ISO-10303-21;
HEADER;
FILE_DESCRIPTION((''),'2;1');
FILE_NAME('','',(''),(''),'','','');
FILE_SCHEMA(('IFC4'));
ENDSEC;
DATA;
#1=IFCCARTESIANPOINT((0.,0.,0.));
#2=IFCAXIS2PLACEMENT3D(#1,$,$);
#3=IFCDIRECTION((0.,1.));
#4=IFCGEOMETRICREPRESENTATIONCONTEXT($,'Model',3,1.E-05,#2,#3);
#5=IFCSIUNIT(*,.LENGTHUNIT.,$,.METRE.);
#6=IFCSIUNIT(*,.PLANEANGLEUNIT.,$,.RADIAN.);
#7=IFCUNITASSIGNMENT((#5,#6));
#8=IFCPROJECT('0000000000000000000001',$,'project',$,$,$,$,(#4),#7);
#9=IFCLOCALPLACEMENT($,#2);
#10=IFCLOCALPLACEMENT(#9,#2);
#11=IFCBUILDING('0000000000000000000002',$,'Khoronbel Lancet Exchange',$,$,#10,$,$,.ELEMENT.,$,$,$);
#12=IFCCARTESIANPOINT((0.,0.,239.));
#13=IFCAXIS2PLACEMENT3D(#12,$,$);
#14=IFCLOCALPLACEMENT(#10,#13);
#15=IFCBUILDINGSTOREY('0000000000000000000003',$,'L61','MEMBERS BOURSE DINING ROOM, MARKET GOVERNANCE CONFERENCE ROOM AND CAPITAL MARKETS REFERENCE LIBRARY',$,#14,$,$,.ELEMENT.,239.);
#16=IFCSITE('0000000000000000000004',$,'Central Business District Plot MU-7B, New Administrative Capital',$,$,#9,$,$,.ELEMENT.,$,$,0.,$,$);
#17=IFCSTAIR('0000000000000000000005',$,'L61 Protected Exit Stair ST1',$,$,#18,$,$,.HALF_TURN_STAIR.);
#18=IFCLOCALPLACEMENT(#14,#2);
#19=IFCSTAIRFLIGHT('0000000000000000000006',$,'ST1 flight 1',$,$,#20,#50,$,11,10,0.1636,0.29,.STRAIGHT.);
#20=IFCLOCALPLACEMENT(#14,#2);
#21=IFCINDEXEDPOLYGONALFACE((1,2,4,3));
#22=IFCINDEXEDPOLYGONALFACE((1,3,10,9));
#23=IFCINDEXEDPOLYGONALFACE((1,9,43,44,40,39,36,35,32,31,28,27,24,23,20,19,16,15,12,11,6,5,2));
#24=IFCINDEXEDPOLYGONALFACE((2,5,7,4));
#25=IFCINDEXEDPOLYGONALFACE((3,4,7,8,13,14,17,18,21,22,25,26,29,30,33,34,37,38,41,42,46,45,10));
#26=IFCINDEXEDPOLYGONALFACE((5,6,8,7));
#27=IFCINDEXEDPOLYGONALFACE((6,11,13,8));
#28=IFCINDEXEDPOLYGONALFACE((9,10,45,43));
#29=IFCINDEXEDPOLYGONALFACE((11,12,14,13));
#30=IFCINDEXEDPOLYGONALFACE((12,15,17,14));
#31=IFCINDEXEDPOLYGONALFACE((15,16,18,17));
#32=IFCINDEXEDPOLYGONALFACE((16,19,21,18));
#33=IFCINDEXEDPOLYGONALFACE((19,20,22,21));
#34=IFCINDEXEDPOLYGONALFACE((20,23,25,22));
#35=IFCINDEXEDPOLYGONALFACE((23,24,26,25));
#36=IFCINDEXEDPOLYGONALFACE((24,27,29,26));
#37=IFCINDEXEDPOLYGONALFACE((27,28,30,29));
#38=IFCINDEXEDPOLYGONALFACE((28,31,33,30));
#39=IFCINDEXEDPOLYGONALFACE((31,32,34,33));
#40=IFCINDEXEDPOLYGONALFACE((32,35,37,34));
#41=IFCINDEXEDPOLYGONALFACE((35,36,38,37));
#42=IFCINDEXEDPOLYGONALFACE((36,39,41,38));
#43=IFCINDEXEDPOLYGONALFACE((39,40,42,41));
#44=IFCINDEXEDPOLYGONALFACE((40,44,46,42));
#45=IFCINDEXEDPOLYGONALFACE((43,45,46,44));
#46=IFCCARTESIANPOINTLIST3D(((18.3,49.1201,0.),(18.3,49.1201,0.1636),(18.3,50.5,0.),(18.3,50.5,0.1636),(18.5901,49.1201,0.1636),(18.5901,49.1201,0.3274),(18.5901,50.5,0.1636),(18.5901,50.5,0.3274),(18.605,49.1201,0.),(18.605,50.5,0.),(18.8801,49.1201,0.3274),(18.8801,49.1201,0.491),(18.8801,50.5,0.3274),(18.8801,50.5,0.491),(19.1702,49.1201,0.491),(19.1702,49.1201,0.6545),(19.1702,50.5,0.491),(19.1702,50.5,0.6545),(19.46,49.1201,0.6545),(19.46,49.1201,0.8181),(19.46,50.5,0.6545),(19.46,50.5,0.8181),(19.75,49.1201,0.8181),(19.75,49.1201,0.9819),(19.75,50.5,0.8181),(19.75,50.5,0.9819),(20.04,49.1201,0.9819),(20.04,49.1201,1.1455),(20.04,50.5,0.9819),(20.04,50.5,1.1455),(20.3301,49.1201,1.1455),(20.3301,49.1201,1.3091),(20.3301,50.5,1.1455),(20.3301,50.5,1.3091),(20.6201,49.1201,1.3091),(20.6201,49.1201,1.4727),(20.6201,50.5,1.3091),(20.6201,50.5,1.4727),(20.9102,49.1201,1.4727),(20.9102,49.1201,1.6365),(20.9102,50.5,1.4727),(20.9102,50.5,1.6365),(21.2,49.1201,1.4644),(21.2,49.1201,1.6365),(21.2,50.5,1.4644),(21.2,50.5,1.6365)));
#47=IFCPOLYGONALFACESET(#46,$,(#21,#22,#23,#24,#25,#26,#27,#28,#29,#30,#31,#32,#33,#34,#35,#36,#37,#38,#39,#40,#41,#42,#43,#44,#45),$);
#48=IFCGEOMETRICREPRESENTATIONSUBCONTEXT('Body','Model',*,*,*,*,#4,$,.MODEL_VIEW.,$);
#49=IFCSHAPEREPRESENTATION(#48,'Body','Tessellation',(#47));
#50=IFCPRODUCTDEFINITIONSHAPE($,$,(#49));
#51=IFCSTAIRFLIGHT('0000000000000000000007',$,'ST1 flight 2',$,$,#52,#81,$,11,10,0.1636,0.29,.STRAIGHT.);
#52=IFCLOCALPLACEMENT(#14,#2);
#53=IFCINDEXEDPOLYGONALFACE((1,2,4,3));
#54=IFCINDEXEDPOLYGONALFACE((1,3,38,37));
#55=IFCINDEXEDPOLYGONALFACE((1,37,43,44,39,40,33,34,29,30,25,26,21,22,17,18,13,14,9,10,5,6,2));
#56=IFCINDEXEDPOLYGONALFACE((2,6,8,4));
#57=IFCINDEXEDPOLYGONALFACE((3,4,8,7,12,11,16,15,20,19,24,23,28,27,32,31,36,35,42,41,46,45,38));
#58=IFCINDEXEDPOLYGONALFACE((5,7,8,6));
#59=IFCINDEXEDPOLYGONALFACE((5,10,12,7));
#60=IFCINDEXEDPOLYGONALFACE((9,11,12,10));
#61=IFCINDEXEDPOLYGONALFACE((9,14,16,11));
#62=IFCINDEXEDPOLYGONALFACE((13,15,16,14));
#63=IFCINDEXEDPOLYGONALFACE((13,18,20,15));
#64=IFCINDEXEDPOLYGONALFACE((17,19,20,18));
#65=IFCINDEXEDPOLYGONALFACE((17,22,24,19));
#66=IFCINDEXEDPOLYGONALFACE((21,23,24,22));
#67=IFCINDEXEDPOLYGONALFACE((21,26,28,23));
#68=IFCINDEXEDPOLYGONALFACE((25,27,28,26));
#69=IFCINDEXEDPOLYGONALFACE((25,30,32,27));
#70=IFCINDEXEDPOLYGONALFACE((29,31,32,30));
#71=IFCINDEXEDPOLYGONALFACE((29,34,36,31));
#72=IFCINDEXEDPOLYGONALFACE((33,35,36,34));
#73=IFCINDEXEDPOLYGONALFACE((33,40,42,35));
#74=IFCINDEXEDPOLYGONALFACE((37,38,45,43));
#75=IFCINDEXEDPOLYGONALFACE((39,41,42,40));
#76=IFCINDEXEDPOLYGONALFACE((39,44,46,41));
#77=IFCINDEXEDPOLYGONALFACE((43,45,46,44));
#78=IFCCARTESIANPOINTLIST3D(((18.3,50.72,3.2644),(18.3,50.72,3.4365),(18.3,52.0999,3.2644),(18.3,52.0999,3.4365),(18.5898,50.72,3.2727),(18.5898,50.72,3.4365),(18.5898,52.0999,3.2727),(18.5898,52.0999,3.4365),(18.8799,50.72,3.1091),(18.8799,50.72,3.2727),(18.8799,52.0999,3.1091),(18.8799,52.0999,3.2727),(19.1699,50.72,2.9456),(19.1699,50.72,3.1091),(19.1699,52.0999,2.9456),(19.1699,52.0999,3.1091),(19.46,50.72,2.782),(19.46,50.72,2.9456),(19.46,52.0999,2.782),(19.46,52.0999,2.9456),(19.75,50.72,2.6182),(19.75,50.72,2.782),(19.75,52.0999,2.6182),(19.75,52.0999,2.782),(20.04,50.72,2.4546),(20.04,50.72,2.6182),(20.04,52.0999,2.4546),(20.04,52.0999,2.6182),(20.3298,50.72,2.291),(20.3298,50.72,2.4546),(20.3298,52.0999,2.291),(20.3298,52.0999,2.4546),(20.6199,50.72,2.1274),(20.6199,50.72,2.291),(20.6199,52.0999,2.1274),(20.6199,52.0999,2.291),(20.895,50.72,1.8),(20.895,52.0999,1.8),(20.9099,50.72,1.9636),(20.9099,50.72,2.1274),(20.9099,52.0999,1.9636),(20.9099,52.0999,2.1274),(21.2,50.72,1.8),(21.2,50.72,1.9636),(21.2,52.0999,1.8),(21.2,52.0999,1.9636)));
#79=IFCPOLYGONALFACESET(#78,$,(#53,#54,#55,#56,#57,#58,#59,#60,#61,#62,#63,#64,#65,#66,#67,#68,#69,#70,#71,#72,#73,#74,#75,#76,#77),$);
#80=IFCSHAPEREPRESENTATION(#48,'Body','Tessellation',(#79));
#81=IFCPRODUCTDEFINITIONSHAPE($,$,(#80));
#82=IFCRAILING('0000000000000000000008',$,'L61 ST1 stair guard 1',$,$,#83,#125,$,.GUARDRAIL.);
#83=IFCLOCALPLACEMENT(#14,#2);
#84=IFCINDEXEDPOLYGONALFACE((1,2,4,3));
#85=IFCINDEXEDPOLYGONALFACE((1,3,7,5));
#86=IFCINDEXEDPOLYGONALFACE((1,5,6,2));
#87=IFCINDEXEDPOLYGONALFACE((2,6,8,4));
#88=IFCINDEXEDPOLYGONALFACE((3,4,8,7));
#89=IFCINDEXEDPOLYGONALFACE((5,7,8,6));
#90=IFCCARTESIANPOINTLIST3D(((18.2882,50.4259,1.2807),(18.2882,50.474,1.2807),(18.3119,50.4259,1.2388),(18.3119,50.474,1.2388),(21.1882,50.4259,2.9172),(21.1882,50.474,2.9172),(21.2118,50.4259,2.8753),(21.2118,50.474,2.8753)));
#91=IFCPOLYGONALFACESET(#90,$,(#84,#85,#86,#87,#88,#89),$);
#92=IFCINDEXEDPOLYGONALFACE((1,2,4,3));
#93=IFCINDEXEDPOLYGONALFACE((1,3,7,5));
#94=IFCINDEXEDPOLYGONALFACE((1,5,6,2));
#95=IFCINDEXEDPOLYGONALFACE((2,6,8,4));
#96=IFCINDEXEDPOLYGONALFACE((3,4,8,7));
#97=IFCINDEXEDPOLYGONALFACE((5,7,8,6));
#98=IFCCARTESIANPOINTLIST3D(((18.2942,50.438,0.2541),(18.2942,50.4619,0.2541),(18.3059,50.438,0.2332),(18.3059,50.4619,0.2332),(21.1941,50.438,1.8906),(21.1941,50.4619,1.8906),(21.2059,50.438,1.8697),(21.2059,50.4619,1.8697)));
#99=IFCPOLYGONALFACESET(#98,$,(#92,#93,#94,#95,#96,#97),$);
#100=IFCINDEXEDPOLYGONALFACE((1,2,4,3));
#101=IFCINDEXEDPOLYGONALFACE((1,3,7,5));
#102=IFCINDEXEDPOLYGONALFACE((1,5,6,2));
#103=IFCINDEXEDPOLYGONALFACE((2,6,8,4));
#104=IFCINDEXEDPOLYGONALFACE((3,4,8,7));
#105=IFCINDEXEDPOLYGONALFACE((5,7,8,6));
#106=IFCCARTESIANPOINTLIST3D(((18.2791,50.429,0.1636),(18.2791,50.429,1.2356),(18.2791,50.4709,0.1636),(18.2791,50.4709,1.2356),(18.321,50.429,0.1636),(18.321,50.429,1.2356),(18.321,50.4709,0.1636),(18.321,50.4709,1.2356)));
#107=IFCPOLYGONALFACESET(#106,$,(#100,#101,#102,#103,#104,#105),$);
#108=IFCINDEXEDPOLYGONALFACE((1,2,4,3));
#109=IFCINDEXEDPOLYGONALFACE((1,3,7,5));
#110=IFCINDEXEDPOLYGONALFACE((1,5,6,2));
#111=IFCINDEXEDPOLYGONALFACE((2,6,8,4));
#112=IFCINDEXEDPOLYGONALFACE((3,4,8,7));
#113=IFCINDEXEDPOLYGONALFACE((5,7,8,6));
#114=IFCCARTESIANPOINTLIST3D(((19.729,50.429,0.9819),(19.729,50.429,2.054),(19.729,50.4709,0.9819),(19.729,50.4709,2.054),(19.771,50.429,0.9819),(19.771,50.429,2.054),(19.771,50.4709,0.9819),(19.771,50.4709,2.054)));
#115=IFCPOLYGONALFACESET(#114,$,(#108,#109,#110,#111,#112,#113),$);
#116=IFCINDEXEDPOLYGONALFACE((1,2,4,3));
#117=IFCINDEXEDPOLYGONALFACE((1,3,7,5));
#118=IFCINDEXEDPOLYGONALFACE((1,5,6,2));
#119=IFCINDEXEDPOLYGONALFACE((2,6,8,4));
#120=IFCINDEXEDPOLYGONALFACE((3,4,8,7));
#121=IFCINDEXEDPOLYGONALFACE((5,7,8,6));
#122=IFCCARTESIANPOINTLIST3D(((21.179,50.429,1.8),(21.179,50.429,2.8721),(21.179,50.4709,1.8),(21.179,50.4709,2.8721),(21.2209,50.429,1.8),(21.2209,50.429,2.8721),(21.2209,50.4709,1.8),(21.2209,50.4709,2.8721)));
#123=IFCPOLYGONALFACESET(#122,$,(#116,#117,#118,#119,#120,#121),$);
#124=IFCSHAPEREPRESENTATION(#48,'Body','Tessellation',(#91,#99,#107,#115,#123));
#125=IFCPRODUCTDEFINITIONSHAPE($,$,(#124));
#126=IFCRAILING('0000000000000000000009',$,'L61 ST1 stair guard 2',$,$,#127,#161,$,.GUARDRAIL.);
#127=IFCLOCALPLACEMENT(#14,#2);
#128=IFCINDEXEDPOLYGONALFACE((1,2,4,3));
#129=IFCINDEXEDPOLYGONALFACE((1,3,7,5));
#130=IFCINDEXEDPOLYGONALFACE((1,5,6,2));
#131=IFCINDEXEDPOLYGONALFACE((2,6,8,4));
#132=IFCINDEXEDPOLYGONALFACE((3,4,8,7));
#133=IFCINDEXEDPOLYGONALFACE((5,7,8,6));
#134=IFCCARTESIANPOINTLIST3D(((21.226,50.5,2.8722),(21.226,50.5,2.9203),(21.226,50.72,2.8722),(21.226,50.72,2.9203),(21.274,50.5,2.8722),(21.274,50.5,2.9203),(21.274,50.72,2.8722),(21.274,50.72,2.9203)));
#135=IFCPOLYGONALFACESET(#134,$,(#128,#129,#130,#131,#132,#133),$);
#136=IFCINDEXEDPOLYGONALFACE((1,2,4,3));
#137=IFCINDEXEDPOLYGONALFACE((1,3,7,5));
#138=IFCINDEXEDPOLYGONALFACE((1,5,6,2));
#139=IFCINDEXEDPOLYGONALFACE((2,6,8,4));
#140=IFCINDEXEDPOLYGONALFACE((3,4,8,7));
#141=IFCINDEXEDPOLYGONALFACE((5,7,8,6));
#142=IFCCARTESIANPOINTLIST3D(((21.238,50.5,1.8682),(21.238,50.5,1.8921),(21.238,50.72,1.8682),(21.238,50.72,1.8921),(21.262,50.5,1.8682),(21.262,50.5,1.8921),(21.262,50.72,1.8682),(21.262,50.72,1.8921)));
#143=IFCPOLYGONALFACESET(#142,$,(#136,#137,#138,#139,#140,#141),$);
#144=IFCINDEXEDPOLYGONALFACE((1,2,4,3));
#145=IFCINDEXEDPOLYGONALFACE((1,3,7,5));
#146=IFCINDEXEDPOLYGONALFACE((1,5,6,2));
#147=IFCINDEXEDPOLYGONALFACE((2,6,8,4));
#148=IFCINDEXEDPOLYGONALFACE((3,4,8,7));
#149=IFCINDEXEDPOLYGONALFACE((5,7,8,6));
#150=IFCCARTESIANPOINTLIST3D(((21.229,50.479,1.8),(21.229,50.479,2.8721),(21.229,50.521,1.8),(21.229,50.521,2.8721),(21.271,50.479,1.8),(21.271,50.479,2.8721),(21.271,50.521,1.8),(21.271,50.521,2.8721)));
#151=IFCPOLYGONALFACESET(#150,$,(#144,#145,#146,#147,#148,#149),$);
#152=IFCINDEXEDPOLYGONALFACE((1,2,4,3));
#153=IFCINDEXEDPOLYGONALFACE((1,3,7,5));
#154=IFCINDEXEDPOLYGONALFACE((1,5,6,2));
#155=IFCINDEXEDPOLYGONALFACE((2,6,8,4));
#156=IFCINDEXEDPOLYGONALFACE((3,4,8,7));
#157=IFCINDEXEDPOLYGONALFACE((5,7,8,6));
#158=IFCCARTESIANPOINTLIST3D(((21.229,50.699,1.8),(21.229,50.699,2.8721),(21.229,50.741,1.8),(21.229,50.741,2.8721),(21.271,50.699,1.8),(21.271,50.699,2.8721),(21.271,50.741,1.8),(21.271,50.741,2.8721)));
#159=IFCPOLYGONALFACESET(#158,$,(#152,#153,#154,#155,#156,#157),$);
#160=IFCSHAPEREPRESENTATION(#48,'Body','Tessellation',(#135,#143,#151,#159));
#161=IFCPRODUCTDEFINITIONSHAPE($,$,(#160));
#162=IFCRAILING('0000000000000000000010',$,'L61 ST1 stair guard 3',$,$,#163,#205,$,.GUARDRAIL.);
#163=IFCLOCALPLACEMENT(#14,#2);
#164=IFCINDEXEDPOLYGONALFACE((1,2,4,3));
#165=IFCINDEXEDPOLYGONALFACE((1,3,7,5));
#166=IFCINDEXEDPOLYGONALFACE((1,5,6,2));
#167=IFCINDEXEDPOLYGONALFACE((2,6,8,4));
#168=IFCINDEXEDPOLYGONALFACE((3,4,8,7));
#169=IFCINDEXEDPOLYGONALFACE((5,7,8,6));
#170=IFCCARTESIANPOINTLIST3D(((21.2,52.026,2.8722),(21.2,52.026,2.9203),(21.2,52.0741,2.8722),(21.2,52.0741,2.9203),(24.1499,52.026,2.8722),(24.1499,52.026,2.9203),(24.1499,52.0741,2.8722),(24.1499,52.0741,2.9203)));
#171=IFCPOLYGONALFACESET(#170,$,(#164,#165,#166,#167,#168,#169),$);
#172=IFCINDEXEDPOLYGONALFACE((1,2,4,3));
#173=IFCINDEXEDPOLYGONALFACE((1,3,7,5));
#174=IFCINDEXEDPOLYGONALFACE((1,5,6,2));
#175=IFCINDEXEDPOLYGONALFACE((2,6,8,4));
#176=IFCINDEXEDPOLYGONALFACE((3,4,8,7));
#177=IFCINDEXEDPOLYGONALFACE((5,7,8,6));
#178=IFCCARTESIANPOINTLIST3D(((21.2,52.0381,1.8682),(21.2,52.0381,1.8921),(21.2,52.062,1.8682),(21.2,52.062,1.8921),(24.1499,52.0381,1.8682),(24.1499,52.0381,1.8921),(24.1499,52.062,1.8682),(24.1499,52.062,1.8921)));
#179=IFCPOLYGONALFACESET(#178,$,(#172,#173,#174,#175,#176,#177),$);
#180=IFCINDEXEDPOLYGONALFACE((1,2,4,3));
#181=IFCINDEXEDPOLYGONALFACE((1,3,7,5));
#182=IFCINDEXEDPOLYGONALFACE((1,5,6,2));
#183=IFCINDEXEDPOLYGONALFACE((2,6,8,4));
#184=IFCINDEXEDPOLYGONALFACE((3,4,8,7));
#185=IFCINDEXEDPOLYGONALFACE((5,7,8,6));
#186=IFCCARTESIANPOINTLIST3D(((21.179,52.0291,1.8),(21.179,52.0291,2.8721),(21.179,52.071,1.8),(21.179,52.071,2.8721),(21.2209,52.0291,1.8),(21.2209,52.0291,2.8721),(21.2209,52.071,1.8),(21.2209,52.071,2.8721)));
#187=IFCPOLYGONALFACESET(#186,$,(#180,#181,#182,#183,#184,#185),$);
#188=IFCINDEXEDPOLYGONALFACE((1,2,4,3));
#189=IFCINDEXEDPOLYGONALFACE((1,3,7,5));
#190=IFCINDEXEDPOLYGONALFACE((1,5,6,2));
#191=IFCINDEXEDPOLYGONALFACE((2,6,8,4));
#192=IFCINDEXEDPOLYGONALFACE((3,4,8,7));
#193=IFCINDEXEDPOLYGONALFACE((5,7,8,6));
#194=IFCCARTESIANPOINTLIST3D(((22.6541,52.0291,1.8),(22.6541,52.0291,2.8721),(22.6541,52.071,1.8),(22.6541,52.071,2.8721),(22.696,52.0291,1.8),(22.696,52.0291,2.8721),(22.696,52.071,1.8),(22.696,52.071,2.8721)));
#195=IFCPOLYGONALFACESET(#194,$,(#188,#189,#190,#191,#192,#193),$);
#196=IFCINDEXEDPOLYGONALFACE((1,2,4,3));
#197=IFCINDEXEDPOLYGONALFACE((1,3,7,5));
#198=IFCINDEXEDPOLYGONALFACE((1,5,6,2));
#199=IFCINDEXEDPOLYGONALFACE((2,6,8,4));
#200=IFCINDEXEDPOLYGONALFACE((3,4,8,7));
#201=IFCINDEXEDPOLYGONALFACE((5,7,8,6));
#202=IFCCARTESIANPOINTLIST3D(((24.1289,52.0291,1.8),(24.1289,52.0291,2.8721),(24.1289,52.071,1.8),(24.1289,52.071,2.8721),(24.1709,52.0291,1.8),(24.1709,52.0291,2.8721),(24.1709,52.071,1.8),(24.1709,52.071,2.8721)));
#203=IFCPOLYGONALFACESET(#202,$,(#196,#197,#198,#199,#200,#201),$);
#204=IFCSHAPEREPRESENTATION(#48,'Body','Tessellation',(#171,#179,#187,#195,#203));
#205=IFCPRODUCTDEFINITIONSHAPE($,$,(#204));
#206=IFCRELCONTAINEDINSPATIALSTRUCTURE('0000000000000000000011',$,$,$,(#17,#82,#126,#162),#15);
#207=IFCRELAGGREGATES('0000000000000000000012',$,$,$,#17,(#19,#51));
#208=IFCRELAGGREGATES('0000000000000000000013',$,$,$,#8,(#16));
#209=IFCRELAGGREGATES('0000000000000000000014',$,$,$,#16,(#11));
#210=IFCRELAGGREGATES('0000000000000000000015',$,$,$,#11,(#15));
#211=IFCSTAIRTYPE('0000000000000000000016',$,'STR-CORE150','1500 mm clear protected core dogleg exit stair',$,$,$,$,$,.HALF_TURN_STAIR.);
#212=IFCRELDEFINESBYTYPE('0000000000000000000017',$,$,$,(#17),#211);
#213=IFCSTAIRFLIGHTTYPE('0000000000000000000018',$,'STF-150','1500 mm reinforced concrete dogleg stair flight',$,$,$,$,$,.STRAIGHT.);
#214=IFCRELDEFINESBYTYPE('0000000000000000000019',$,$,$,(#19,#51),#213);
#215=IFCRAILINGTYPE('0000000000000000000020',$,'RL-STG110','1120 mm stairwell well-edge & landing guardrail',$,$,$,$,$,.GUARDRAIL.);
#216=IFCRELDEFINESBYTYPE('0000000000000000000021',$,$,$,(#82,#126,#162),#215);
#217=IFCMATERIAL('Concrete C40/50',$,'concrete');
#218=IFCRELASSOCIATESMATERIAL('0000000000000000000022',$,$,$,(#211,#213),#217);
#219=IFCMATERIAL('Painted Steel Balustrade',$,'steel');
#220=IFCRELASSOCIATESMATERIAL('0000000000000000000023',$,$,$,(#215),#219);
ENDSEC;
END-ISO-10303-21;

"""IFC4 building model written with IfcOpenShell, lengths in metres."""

from ifc_helpers import new_model, si_unit, direction, frame, origin, origin_2d, place, context, subcontext, project, spatial, polyline, rectangle, outline, extrude, material, type_object, element, aggregate, save


model = new_model("IFC4")

# Units and contexts
model_context = context("Model", 3, precision=1e-05, world=origin(), true_north=direction((0.0, 1.0)))
body_context = subcontext(model_context, "Body", "Model", "MODEL_VIEW")
ifc_project = project(units=[si_unit("LENGTHUNIT", "METRE"), si_unit("PLANEANGLEUNIT", "RADIAN")], contexts=[model_context])

# Site, building, storey
site_placement = place(None, origin())
site = spatial("IfcSite", under=ifc_project, at=site_placement, Name="Central Business District Plot MU-7B, New Administrative Capital", CompositionType="ELEMENT", RefElevation=0.0)
building_placement = place(site_placement, origin())
building = spatial("IfcBuilding", under=site, at=building_placement, Name="Khoronbel Lancet Exchange", CompositionType="ELEMENT")
storey_placement = place(building_placement, frame((0.0, 0.0, 239.0)))
storey = spatial("IfcBuildingStorey", under=building, at=storey_placement, Name="L61", Description="MEMBERS BOURSE DINING ROOM, MARKET GOVERNANCE CONFERENCE ROOM AND CAPITAL MARKETS REFERENCE LIBRARY", CompositionType="ELEMENT", Elevation=239.0)

# Stair, stair flights
ifc_material_1 = material(Name="Concrete C40/50", Category="concrete")
stair_type = type_object("IfcStairType", Name="STR-CORE150", Description="1500 mm clear protected core dogleg exit stair", PredefinedType="HALF_TURN_STAIR", material=ifc_material_1)
stair_placement = place(storey_placement, origin())
stair = element("IfcStair", 1, at=stair_placement, inside=storey, type_object=stair_type, Name="L61 Protected Exit Stair ST1", PredefinedType="HALF_TURN_STAIR")
stair_flight_type = type_object("IfcStairFlightType", Name="STF-150", Description="1500 mm reinforced concrete dogleg stair flight", PredefinedType="STRAIGHT", material=ifc_material_1)
stair_flight_1_placement = place(storey_placement, frame((18.3, 49.8101, 0.0), z_axis=(0.0, 0.0, 1.0), x_axis=(1.0, 0.0, 0.0)))
stair_flight_1 = element("IfcStairFlight", 2, at=stair_flight_1_placement, type_object=stair_flight_type, Name="ST1 flight 1", NumberOfRisers=11, NumberOfTreads=10, PredefinedType="STRAIGHT", RiserHeight=0.1636, TreadLength=0.29, context=body_context, shape_type="SweptSolid", body=[
    extrude(outline(polyline([(0.0, 0.0), (0.0, 0.1636), (0.29, 0.1636), (0.29, 0.3274), (0.5801, 0.3274), (0.5801, 0.491), (0.8701, 0.491), (0.8701, 0.6545), (1.1599, 0.6545), (1.1599, 0.8181), (1.45, 0.8181), (1.45, 0.9819), (1.74, 0.9819), (1.74, 1.1455), (2.03, 1.1455), (2.03, 1.3091), (2.3201, 1.3091), (2.3201, 1.4727), (2.6101, 1.4727), (2.6101, 1.6365), (2.8999, 1.6365), (2.8999, 1.8), (2.8999, 1.4644), (0.3049, 0.0), (0.0, 0.0)])), frame((0.0, 0.6899, 0.0), z_axis=(0.0, -1.0, 0.0), x_axis=(1.0, 0.0, 0.0)), (0.0, 0.0, 1.0), 1.3799),
])
stair_flight_2_placement = place(storey_placement, frame((21.2, 51.4099, 1.8), z_axis=(0.0, 0.0, 1.0), x_axis=(-1.0, 0.0, 0.0)))
stair_flight_2 = element("IfcStairFlight", 3, at=stair_flight_2_placement, type_object=stair_flight_type, Name="ST1 flight 2", NumberOfRisers=11, NumberOfTreads=10, PredefinedType="STRAIGHT", RiserHeight=0.1636, TreadLength=0.29, context=body_context, shape_type="SweptSolid", body=[
    extrude(outline(polyline([(0.0, 0.0), (0.0, 0.1636), (0.29, 0.1636), (0.29, 0.3274), (0.5801, 0.3274), (0.5801, 0.491), (0.8701, 0.491), (0.8701, 0.6545), (1.1599, 0.6545), (1.1599, 0.8181), (1.45, 0.8181), (1.45, 0.9819), (1.74, 0.9819), (1.74, 1.1455), (2.03, 1.1455), (2.03, 1.3091), (2.3201, 1.3091), (2.3201, 1.4727), (2.6101, 1.4727), (2.6101, 1.6365), (2.8999, 1.6365), (2.8999, 1.8), (2.8999, 1.4644), (0.3049, 0.0), (0.0, 0.0)])), frame((0.0, 0.6899, 0.0), z_axis=(0.0, -1.0, 0.0), x_axis=(1.0, 0.0, 0.0)), (0.0, 0.0, 1.0), 1.3799),
])
aggregate(stair, [stair_flight_1, stair_flight_2])

# Railings
ifc_material_2 = material(Name="Painted Steel Balustrade", Category="steel")
railing_type_1 = type_object("IfcRailingType", Name="RL-STG110", Description="1120 mm stairwell well-edge & landing guardrail", PredefinedType="GUARDRAIL", material=ifc_material_2)
railing_1_placement = place(storey_placement, frame((18.3, 50.45, 0.1636)))
element("IfcRailing", 4, at=railing_1_placement, inside=storey, type_object=railing_type_1, Name="L61 ST1 stair guard 1", PredefinedType="GUARDRAIL", context=body_context, shape_type="SweptSolid", body=[
    extrude(rectangle(XDim=0.0481, YDim=0.0481, at=origin_2d()), frame((0.0, 0.0, 1.0962), z_axis=(0.870897, 0.0, 0.491465), x_axis=(0.0, 1.0, 0.0)), (0.0, 0.0, 1.0), 3.3298),
    extrude(rectangle(XDim=0.0239, YDim=0.0239, at=origin_2d()), frame((0.0, 0.0, 0.0801), z_axis=(0.870897, 0.0, 0.491465), x_axis=(0.0, 1.0, 0.0)), (0.0, 0.0, 1.0), 3.3298),
    extrude(rectangle(XDim=0.042, YDim=0.042, at=origin_2d()), origin(), (0.0, 0.0, 1.0), 1.072),
    extrude(rectangle(XDim=0.042, YDim=0.042, at=origin_2d()), frame((1.45, 0.0, 0.8184)), (0.0, 0.0, 1.0), 1.072),
    extrude(rectangle(XDim=0.042, YDim=0.042, at=origin_2d()), frame((2.8999, 0.0, 1.6365)), (0.0, 0.0, 1.0), 1.072),
])
railing_2_placement = place(storey_placement, frame((21.25, 50.5, 1.8)))
element("IfcRailing", 5, at=railing_2_placement, inside=storey, type_object=railing_type_1, Name="L61 ST1 stair guard 2", PredefinedType="GUARDRAIL", context=body_context, shape_type="SweptSolid", body=[
    extrude(rectangle(XDim=0.0481, YDim=0.0481, at=origin_2d()), frame((0.0, 0.0, 1.0962), z_axis=(0.0, 1.0, 0.0), x_axis=(-1.0, 0.0, 0.0)), (0.0, 0.0, 1.0), 0.22),
    extrude(rectangle(XDim=0.0239, YDim=0.0239, at=origin_2d()), frame((0.0, 0.0, 0.0801), z_axis=(0.0, 1.0, 0.0), x_axis=(-1.0, 0.0, 0.0)), (0.0, 0.0, 1.0), 0.22),
    extrude(rectangle(XDim=0.042, YDim=0.042, at=origin_2d()), origin(), (0.0, 0.0, 1.0), 1.072),
    extrude(rectangle(XDim=0.042, YDim=0.042, at=origin_2d()), frame((0.0, 0.22, 0.0)), (0.0, 0.0, 1.0), 1.072),
])
railing_3_placement = place(storey_placement, frame((21.2, 52.05, 1.8)))
element("IfcRailing", 6, at=railing_3_placement, inside=storey, type_object=railing_type_1, Name="L61 ST1 stair guard 3", PredefinedType="GUARDRAIL", context=body_context, shape_type="SweptSolid", body=[
    extrude(rectangle(XDim=0.0481, YDim=0.0481, at=origin_2d()), frame((0.0, 0.0, 1.0962), z_axis=(1.0, 0.0, 0.0), x_axis=(0.0, 1.0, 0.0)), (0.0, 0.0, 1.0), 2.95),
    extrude(rectangle(XDim=0.0239, YDim=0.0239, at=origin_2d()), frame((0.0, 0.0, 0.0801), z_axis=(1.0, 0.0, 0.0), x_axis=(0.0, 1.0, 0.0)), (0.0, 0.0, 1.0), 2.95),
    extrude(rectangle(XDim=0.042, YDim=0.042, at=origin_2d()), origin(), (0.0, 0.0, 1.0), 1.072),
    extrude(rectangle(XDim=0.042, YDim=0.042, at=origin_2d()), frame((1.4751, 0.0, 0.0)), (0.0, 0.0, 1.0), 1.072),
    extrude(rectangle(XDim=0.042, YDim=0.042, at=origin_2d()), frame((2.95, 0.0, 0.0)), (0.0, 0.0, 1.0), 1.072),
])

save(model, "model.ifc")
